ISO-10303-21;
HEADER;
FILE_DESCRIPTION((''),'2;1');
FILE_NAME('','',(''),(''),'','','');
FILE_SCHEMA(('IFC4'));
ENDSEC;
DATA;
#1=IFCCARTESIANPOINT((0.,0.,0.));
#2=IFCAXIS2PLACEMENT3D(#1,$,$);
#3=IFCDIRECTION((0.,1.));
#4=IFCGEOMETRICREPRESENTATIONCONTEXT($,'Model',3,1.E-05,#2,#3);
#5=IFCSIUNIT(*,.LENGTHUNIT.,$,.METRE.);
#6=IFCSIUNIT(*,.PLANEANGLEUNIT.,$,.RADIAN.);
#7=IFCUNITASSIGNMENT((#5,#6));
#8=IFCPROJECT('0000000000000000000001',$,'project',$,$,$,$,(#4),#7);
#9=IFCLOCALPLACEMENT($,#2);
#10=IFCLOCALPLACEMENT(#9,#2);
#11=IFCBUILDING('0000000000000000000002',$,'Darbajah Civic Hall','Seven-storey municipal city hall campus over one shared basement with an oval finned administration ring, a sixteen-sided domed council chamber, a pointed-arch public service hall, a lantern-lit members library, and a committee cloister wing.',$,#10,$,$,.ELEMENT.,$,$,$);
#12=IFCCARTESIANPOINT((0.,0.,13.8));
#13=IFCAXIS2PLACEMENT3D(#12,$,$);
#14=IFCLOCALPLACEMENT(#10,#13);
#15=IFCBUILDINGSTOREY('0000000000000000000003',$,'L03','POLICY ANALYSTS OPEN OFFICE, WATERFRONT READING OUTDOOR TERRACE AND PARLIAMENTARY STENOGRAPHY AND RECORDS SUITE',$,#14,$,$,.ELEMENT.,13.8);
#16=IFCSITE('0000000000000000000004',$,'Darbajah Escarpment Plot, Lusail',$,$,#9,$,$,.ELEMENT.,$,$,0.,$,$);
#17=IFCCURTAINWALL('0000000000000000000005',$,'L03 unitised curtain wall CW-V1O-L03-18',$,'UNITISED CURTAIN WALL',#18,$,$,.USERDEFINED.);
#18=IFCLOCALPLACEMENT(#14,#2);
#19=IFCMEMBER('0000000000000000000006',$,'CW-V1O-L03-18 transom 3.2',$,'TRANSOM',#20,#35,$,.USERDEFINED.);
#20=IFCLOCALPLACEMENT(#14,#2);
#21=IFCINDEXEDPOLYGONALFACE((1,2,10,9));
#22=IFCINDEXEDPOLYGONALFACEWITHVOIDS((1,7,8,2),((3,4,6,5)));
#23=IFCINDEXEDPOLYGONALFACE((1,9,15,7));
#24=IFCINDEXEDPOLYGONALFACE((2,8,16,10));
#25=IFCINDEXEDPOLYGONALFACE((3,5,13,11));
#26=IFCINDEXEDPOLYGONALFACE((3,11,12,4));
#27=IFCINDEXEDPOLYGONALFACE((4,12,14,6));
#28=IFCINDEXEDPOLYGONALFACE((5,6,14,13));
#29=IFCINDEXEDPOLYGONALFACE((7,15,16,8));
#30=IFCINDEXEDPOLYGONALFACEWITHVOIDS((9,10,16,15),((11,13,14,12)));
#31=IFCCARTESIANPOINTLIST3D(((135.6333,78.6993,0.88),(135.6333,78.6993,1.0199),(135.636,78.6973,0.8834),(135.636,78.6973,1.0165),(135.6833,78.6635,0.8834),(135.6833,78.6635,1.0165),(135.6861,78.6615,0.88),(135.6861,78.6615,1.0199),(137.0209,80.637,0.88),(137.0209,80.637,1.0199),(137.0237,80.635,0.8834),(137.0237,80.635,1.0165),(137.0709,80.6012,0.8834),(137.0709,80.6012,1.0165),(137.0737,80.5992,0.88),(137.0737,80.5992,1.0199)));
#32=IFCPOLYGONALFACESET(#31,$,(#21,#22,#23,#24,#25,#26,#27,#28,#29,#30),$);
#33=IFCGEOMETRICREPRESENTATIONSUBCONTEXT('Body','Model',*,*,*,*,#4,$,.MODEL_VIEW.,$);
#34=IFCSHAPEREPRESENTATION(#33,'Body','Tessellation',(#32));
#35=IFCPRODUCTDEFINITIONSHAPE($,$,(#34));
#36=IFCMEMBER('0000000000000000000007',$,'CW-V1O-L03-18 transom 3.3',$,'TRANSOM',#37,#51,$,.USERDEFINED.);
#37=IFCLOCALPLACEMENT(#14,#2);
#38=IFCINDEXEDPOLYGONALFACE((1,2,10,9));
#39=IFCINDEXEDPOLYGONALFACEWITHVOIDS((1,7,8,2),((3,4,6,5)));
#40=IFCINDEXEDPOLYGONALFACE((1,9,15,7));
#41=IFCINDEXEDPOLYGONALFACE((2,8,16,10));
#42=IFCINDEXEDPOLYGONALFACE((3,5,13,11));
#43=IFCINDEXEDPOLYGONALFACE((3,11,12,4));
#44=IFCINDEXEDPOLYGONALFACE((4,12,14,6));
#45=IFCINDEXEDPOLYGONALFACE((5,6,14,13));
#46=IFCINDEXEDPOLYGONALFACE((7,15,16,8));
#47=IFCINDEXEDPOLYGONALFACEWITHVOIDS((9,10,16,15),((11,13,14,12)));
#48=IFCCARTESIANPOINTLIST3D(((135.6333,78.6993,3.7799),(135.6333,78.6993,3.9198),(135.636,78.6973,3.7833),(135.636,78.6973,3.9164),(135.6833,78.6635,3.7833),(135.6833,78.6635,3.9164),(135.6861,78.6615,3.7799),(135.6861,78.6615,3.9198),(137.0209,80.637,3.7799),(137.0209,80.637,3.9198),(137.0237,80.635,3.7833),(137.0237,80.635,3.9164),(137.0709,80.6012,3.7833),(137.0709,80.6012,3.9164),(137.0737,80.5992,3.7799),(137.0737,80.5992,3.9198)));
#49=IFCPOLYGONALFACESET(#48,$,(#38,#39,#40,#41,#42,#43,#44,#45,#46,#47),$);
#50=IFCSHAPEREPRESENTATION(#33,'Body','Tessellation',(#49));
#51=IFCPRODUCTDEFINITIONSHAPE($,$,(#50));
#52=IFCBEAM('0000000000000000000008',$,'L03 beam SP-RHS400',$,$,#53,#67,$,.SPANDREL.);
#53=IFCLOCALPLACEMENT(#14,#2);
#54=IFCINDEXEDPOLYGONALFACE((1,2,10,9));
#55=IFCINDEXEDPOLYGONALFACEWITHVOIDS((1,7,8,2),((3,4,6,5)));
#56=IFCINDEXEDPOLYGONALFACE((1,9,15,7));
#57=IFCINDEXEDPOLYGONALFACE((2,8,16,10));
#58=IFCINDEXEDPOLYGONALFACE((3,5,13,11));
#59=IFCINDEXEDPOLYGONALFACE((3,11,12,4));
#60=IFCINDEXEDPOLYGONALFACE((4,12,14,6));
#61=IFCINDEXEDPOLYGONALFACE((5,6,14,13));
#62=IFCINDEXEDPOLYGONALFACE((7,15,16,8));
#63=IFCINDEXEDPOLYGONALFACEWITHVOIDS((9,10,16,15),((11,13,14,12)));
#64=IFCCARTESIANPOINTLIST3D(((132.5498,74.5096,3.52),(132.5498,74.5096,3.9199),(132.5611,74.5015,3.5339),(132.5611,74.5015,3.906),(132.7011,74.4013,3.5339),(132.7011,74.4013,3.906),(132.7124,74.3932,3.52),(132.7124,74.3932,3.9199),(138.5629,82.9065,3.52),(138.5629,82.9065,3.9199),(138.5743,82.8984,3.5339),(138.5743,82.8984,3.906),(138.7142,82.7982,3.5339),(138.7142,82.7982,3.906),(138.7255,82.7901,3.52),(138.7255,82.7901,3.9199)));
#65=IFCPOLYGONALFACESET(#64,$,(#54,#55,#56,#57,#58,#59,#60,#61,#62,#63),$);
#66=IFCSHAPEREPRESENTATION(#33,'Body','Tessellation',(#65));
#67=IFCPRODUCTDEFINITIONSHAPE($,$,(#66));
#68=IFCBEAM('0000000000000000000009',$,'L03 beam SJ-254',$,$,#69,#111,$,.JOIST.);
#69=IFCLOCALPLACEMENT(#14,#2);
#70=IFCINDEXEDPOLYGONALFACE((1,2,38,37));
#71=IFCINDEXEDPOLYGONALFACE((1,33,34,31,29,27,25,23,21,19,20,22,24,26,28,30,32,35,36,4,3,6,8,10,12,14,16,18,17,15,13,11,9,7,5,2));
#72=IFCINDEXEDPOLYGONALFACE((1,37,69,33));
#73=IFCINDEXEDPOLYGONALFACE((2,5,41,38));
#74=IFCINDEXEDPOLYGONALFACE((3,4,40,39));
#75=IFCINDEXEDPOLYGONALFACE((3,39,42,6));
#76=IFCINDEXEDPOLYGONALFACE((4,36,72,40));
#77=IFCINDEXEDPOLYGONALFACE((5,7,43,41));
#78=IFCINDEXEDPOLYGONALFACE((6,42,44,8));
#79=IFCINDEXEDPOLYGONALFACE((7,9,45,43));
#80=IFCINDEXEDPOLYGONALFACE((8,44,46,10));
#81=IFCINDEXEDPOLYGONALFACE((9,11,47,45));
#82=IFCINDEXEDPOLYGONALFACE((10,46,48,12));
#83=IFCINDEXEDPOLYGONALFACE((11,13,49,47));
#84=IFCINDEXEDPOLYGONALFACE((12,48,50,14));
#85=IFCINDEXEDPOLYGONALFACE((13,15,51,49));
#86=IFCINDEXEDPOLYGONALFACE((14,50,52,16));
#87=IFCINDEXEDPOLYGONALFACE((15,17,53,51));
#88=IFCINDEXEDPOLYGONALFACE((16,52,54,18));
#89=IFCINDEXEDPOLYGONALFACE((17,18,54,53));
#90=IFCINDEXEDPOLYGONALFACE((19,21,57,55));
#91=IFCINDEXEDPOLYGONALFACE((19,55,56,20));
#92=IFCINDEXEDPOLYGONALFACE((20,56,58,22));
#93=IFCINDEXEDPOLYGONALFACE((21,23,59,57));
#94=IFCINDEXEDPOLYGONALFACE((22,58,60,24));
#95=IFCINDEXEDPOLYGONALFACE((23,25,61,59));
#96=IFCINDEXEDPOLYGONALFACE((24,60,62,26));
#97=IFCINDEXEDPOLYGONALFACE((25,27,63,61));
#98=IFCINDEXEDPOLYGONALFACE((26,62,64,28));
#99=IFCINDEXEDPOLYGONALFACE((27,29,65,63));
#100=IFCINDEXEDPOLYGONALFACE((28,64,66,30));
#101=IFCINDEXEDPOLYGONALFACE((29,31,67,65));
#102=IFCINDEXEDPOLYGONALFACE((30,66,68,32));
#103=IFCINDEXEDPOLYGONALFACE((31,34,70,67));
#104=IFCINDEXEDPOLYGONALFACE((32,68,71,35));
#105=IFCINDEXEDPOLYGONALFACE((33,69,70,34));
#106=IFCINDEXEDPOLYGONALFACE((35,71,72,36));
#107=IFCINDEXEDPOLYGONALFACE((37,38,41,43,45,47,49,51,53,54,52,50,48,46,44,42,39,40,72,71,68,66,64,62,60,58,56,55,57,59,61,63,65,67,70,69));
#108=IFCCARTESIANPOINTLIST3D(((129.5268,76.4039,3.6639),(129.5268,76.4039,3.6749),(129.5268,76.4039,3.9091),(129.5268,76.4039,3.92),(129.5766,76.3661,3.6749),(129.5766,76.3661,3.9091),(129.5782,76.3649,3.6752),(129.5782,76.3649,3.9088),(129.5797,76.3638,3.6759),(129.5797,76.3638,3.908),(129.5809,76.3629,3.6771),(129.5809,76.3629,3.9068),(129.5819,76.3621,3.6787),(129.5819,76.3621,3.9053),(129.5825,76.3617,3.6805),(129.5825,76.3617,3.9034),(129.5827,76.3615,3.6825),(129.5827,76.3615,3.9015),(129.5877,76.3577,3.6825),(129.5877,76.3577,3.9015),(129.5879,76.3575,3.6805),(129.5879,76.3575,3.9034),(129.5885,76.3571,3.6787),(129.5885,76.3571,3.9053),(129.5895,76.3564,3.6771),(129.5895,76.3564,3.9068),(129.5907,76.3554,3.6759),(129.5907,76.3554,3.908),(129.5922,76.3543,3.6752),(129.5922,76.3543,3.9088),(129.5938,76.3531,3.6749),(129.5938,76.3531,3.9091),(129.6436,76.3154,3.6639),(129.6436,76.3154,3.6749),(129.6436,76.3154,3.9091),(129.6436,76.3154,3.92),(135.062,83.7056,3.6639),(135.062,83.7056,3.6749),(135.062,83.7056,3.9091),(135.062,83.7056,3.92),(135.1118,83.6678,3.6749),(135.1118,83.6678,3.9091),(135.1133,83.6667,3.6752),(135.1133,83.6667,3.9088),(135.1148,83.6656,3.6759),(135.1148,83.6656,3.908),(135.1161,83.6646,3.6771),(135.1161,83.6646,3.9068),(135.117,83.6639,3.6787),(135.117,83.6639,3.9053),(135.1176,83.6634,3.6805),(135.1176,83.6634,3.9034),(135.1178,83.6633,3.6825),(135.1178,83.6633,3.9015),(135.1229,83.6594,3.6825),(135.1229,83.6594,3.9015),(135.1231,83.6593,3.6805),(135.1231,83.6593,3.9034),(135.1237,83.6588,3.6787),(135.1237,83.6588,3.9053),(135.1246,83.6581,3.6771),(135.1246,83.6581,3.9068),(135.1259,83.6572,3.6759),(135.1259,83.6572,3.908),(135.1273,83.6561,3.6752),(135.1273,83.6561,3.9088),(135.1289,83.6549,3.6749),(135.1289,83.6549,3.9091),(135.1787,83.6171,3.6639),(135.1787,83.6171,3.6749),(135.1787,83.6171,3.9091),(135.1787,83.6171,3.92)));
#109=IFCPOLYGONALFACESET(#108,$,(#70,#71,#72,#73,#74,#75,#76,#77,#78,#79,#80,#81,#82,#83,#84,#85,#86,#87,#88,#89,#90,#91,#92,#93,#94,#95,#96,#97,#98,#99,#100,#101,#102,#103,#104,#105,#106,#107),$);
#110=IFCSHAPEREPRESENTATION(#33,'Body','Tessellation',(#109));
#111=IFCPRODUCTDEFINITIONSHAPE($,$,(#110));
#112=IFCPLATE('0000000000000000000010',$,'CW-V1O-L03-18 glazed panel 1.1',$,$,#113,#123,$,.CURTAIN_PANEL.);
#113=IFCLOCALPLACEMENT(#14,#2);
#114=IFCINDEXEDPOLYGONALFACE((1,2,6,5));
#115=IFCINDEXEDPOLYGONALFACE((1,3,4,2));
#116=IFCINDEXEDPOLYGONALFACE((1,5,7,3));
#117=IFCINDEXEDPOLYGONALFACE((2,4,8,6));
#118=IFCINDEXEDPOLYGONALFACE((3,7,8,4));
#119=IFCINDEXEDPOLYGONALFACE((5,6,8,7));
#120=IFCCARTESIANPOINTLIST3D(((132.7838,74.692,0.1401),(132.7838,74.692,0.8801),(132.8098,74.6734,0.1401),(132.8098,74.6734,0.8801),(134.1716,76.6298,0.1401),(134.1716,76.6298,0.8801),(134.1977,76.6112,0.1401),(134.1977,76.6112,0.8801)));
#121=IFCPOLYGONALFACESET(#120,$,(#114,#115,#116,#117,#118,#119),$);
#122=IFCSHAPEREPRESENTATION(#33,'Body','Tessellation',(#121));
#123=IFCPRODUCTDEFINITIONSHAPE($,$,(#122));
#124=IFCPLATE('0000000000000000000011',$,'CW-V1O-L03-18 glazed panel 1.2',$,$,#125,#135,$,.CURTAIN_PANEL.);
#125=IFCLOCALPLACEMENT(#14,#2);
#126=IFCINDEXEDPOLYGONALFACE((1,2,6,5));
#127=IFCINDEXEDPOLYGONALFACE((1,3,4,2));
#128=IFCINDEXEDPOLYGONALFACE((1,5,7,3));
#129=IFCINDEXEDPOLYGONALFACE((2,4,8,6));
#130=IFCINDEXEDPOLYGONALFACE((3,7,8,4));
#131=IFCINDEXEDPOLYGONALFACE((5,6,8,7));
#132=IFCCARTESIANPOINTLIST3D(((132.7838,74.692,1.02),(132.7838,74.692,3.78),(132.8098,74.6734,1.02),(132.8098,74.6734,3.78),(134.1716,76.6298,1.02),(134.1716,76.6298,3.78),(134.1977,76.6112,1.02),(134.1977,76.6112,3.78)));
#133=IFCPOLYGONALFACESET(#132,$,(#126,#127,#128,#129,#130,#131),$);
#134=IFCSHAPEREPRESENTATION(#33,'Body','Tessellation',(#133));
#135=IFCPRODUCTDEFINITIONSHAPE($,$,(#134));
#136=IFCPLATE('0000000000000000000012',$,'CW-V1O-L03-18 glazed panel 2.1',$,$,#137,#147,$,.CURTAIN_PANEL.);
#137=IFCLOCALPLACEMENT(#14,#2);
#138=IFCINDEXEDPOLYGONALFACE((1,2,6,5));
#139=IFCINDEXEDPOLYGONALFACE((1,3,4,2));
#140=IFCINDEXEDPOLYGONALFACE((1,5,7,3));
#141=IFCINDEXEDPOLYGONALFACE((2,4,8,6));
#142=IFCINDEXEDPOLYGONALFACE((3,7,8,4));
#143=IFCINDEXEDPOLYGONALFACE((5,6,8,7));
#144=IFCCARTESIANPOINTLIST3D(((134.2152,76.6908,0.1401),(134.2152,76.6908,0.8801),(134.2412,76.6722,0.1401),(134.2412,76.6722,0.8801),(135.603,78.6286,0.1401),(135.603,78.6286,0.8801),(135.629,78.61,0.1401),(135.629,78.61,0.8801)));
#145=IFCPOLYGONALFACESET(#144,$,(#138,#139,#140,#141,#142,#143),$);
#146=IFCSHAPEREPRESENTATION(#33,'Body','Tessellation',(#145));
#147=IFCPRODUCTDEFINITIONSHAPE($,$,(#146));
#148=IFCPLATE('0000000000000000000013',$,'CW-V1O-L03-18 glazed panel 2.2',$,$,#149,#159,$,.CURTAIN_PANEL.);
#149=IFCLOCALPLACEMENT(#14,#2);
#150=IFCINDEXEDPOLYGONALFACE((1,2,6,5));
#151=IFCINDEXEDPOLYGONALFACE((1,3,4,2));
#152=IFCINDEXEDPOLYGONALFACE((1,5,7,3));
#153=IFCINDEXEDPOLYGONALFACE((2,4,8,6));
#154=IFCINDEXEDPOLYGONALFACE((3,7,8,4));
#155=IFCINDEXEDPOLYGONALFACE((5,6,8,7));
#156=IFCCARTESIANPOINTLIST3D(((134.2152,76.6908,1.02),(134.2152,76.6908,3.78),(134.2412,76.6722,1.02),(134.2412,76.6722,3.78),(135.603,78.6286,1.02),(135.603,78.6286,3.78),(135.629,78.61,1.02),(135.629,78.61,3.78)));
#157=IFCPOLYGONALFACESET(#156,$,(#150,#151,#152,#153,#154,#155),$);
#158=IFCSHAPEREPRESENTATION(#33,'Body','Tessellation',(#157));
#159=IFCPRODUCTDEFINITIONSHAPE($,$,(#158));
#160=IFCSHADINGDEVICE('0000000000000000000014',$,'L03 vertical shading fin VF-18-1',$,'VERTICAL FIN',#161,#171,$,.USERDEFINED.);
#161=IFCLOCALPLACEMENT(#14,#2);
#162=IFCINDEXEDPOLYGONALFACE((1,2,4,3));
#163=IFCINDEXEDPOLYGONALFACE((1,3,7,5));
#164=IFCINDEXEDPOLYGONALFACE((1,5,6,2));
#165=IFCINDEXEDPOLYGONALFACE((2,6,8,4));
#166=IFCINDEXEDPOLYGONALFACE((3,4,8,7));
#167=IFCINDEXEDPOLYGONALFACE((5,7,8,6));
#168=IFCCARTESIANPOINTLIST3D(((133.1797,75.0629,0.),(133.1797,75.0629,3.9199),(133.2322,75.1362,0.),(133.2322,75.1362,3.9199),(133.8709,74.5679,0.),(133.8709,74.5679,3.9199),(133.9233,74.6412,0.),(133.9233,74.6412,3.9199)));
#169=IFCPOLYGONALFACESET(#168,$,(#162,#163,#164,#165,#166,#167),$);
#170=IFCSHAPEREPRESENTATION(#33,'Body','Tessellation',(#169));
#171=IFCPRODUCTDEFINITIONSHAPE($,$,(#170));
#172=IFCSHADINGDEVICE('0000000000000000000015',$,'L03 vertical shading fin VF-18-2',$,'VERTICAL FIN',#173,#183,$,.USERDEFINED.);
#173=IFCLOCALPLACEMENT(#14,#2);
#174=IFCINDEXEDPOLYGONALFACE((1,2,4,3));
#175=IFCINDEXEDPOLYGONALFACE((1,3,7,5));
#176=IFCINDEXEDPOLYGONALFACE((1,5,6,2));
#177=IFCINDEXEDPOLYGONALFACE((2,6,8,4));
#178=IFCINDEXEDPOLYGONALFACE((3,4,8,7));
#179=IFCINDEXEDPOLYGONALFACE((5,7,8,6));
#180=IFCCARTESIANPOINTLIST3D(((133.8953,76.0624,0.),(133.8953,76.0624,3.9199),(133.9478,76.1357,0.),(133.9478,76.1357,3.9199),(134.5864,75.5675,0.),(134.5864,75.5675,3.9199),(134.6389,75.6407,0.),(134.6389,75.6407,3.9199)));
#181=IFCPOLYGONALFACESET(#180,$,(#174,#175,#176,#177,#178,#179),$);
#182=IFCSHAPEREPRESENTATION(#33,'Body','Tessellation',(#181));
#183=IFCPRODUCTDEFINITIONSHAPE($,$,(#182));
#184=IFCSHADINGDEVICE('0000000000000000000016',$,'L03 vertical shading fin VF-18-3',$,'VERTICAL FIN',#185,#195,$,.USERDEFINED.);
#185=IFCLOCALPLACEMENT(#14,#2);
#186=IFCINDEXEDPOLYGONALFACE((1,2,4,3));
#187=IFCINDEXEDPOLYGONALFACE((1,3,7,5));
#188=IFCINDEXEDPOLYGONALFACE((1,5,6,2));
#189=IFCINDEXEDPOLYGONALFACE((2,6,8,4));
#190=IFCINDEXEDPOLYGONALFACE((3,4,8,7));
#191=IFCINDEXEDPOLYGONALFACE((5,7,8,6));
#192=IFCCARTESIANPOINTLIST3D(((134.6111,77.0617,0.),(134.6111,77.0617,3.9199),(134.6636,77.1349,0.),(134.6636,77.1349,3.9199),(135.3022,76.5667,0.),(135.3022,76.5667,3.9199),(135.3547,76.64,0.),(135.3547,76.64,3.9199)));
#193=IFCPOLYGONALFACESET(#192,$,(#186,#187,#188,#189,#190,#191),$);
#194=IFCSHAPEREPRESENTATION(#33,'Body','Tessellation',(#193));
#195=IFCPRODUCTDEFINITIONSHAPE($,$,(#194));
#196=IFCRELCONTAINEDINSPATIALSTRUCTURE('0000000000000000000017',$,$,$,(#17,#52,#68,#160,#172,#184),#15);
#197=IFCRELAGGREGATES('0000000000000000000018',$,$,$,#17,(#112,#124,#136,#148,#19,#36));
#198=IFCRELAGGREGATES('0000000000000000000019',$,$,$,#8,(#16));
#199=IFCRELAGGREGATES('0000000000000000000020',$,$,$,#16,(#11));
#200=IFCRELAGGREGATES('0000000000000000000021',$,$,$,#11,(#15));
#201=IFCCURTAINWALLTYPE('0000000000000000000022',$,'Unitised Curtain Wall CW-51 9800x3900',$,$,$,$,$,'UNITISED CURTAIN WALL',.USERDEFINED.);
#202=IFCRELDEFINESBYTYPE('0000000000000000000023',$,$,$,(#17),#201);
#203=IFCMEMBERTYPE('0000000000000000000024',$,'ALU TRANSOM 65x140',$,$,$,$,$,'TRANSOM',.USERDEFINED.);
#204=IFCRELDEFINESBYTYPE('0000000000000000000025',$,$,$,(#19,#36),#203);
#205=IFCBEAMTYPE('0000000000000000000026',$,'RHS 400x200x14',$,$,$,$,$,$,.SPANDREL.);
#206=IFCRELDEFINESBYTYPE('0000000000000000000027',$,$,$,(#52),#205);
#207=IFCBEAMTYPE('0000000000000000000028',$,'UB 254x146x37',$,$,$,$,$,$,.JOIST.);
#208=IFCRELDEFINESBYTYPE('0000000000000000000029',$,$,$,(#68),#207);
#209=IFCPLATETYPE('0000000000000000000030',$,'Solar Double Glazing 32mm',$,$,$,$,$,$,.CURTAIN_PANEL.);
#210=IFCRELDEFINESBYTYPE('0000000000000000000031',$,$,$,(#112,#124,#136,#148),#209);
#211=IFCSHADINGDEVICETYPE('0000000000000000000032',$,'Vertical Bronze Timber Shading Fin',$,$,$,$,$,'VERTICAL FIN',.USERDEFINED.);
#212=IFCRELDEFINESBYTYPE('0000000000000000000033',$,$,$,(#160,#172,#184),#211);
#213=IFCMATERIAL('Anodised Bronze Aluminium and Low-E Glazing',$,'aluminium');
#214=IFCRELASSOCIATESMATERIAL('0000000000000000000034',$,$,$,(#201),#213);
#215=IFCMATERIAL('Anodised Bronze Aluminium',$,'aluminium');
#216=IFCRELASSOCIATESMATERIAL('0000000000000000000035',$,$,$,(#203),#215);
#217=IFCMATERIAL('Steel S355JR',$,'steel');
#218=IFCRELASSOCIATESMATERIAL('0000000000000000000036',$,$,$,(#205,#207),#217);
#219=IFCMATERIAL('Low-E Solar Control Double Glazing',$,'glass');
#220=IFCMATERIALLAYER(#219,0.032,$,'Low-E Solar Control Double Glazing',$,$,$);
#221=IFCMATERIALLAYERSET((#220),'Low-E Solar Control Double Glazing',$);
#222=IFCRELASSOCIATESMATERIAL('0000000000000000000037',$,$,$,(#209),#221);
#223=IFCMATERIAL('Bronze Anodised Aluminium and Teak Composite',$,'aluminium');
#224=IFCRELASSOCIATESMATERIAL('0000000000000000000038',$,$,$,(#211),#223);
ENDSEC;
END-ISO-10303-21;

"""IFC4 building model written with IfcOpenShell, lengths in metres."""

from ifc_helpers import new_model, si_unit, direction, frame, origin, origin_2d, place, context, subcontext, project, spatial, rectangle, hollow_rectangle, i_section, extrude, material, layer, layer_set, material_profile, profile_set, type_object, element, aggregate, save


model = new_model("IFC4")

# Units and contexts
model_context = context("Model", 3, precision=1e-05, world=origin(), true_north=direction((0.0, 1.0)))
body_context = subcontext(model_context, "Body", "Model", "MODEL_VIEW")
ifc_project = project(units=[si_unit("LENGTHUNIT", "METRE"), si_unit("PLANEANGLEUNIT", "RADIAN")], contexts=[model_context])

# Site, building, storey
site_placement = place(None, origin())
site = spatial("IfcSite", under=ifc_project, at=site_placement, Name="Darbajah Escarpment Plot, Lusail", CompositionType="ELEMENT", RefElevation=0.0)
building_placement = place(site_placement, origin())
building = spatial("IfcBuilding", under=site, at=building_placement, Name="Darbajah Civic Hall", Description="Seven-storey municipal city hall campus over one shared basement with an oval finned administration ring, a sixteen-sided domed council chamber, a pointed-arch public service hall, a lantern-lit members library, and a committee cloister wing.", CompositionType="ELEMENT")
storey_placement = place(building_placement, frame((0.0, 0.0, 13.8)))
storey = spatial("IfcBuildingStorey", under=building, at=storey_placement, Name="L03", Description="POLICY ANALYSTS OPEN OFFICE, WATERFRONT READING OUTDOOR TERRACE AND PARLIAMENTARY STENOGRAPHY AND RECORDS SUITE", CompositionType="ELEMENT", Elevation=13.8)

# Curtain wall, members
ifc_material_1 = material(Name="Anodised Bronze Aluminium and Low-E Glazing", Category="aluminium")
curtain_wall_type = type_object("IfcCurtainWallType", Name="Unitised Curtain Wall CW-51 9800x3900", ElementType="UNITISED CURTAIN WALL", PredefinedType="USERDEFINED", material=ifc_material_1)
curtain_wall_placement = place(storey_placement, origin())
curtain_wall = element("IfcCurtainWall", 1, at=curtain_wall_placement, inside=storey, type_object=curtain_wall_type, Name="L03 unitised curtain wall CW-V1O-L03-18", ObjectType="UNITISED CURTAIN WALL", PredefinedType="USERDEFINED")
ifc_material_2 = material(Name="Anodised Bronze Aluminium", Category="aluminium")
ifc_material_profile_1 = material_profile(ifc_material_2, hollow_rectangle(XDim=0.0649, YDim=0.1399, WallThickness=0.0034, at=origin_2d()), Name="ALU TRANSOM 65x140")
ifc_profile_set_1 = profile_set([ifc_material_profile_1], Name="Anodised Bronze Aluminium")
member_type_1 = type_object("IfcMemberType", Name="ALU TRANSOM 65x140", ElementType="TRANSOM", PredefinedType="USERDEFINED", material=ifc_profile_set_1)
member_1_placement = place(storey_placement, frame((135.6597, 78.6804, 0.95), z_axis=(0.582236, 0.81302, 0.0), x_axis=(-0.81302, 0.582236, 0.0)))
member_1 = element("IfcMember", 2, at=member_1_placement, type_object=member_type_1, Name="CW-V1O-L03-18 transom 3.2", ObjectType="TRANSOM", PredefinedType="USERDEFINED", context=body_context, shape_type="SweptSolid", body=[
    extrude(hollow_rectangle(XDim=0.0649, YDim=0.1399, WallThickness=0.0034, at=origin_2d()), origin(), (0.0, 0.0, 1.0), 2.3833),
])
member_2_placement = place(storey_placement, frame((135.6597, 78.6804, 3.8499), z_axis=(0.582236, 0.81302, 0.0), x_axis=(-0.81302, 0.582236, 0.0)))
member_2 = element("IfcMember", 3, at=member_2_placement, type_object=member_type_1, Name="CW-V1O-L03-18 transom 3.3", ObjectType="TRANSOM", PredefinedType="USERDEFINED", context=body_context, shape_type="SweptSolid", body=[
    extrude(hollow_rectangle(XDim=0.0649, YDim=0.1399, WallThickness=0.0034, at=origin_2d()), origin(), (0.0, 0.0, 1.0), 2.3833),
])

# Beams
ifc_material_3 = material(Name="Steel S355JR", Category="steel")
ifc_material_profile_2 = material_profile(ifc_material_3, hollow_rectangle(XDim=0.2, YDim=0.3999, WallThickness=0.0139, at=origin_2d()), Name="RHS 400x200x14")
ifc_profile_set_2 = profile_set([ifc_material_profile_2], Name="Steel S355JR")
beam_type_1 = type_object("IfcBeamType", Name="RHS 400x200x14", PredefinedType="SPANDREL", material=ifc_profile_set_2)
beam_1_placement = place(storey_placement, frame((132.6311, 74.4514, 3.72), z_axis=(0.582222, 0.81303, 0.0), x_axis=(-0.81303, 0.582222, 0.0)))
element("IfcBeam", 4, at=beam_1_placement, inside=storey, type_object=beam_type_1, Name="L03 beam SP-RHS400", PredefinedType="SPANDREL", context=body_context, shape_type="SweptSolid", body=[
    extrude(hollow_rectangle(XDim=0.2, YDim=0.3999, WallThickness=0.0139, at=origin_2d()), origin(), (0.0, 0.0, 1.0), 10.3279),
])
ifc_material_profile_3 = material_profile(ifc_material_3, i_section(OverallWidth=0.1465, OverallDepth=0.2561, WebThickness=0.0063, FlangeThickness=0.011, FilletRadius=0.0076, at=origin_2d()), Name="UB 254x146x37")
ifc_profile_set_3 = profile_set([ifc_material_profile_3], Name="Steel S355JR")
beam_type_2 = type_object("IfcBeamType", Name="UB 254x146x37", PredefinedType="JOIST", material=ifc_profile_set_3)
beam_2_placement = place(storey_placement, frame((129.5852, 76.3596, 3.792), z_axis=(0.604102, 0.796907, 0.0), x_axis=(-0.796907, 0.604102, 0.0)))
element("IfcBeam", 5, at=beam_2_placement, inside=storey, type_object=beam_type_2, Name="L03 beam SJ-254", PredefinedType="JOIST", context=body_context, shape_type="SweptSolid", body=[
    extrude(i_section(OverallWidth=0.1465, OverallDepth=0.2561, WebThickness=0.0063, FlangeThickness=0.011, FilletRadius=0.0076, at=origin_2d()), origin(), (0.0, 0.0, 1.0), 9.1626),
])

# Plates
ifc_material_4 = material(Name="Low-E Solar Control Double Glazing", Category="glass")
ifc_layer = layer(ifc_material_4, 0.032, Name="Low-E Solar Control Double Glazing")
ifc_layer_set = layer_set([ifc_layer], Name="Low-E Solar Control Double Glazing")
plate_type = type_object("IfcPlateType", Name="Solar Double Glazing 32mm", PredefinedType="CURTAIN_PANEL", material=ifc_layer_set)
plate_1_placement = place(storey_placement, frame((133.4907, 75.6516, 0.1401), z_axis=(0.0, 0.0, 1.0), x_axis=(0.582265, 0.812999, 0.0)))
plate_1 = element("IfcPlate", 6, at=plate_1_placement, type_object=plate_type, Name="CW-V1O-L03-18 glazed panel 1.1", PredefinedType="CURTAIN_PANEL", context=body_context, shape_type="SweptSolid", body=[
    extrude(rectangle(XDim=2.3835, YDim=0.032, at=origin_2d()), origin(), (0.0, 0.0, 1.0), 0.74),
])
plate_2_placement = place(storey_placement, frame((133.4907, 75.6516, 1.02), z_axis=(0.0, 0.0, 1.0), x_axis=(0.582265, 0.812999, 0.0)))
plate_2 = element("IfcPlate", 7, at=plate_2_placement, type_object=plate_type, Name="CW-V1O-L03-18 glazed panel 1.2", PredefinedType="CURTAIN_PANEL", context=body_context, shape_type="SweptSolid", body=[
    extrude(rectangle(XDim=2.3835, YDim=0.032, at=origin_2d()), origin(), (0.0, 0.0, 1.0), 2.76),
])
plate_3_placement = place(storey_placement, frame((134.9221, 77.6504, 0.1401), z_axis=(0.0, 0.0, 1.0), x_axis=(0.582265, 0.812999, 0.0)))
plate_3 = element("IfcPlate", 8, at=plate_3_placement, type_object=plate_type, Name="CW-V1O-L03-18 glazed panel 2.1", PredefinedType="CURTAIN_PANEL", context=body_context, shape_type="SweptSolid", body=[
    extrude(rectangle(XDim=2.3835, YDim=0.032, at=origin_2d()), origin(), (0.0, 0.0, 1.0), 0.74),
])
plate_4_placement = place(storey_placement, frame((134.9221, 77.6504, 1.02), z_axis=(0.0, 0.0, 1.0), x_axis=(0.582265, 0.812999, 0.0)))
plate_4 = element("IfcPlate", 9, at=plate_4_placement, type_object=plate_type, Name="CW-V1O-L03-18 glazed panel 2.2", PredefinedType="CURTAIN_PANEL", context=body_context, shape_type="SweptSolid", body=[
    extrude(rectangle(XDim=2.3835, YDim=0.032, at=origin_2d()), origin(), (0.0, 0.0, 1.0), 2.76),
])
aggregate(curtain_wall, [plate_1, plate_2, plate_3, plate_4, member_1, member_2])

# Shading devices
ifc_material_5 = material(Name="Bronze Anodised Aluminium and Teak Composite", Category="aluminium")
shading_device_type = type_object("IfcShadingDeviceType", Name="Vertical Bronze Timber Shading Fin", ElementType="VERTICAL FIN", PredefinedType="USERDEFINED", material=ifc_material_5)
for number, where, z_axis, x_axis, name in (
    (10, (133.5515, 74.8521, 0.0), (0.0, 0.0, 1.0), (0.812999, -0.582265, 0.0), "L03 vertical shading fin VF-18-1"),
    (11, (134.2671, 75.8516, 0.0), (0.0, 0.0, 1.0), (0.812999, -0.582265, 0.0), "L03 vertical shading fin VF-18-2"),
    (12, (134.9829, 76.8508, 0.0), (0.0, 0.0, 1.0), (0.812999, -0.582265, 0.0), "L03 vertical shading fin VF-18-3"),
):
    element("IfcShadingDevice", number, at=place(storey_placement, frame(where, z_axis=z_axis, x_axis=x_axis)), inside=storey, type_object=shading_device_type, Name=name, ObjectType="VERTICAL FIN", PredefinedType="USERDEFINED", context=body_context, shape_type="SweptSolid", body=[
        extrude(rectangle(XDim=0.8501, YDim=0.0901, at=origin_2d()), origin(), (0.0, 0.0, 1.0), 3.9199),
    ])

save(model, "model.ifc")
